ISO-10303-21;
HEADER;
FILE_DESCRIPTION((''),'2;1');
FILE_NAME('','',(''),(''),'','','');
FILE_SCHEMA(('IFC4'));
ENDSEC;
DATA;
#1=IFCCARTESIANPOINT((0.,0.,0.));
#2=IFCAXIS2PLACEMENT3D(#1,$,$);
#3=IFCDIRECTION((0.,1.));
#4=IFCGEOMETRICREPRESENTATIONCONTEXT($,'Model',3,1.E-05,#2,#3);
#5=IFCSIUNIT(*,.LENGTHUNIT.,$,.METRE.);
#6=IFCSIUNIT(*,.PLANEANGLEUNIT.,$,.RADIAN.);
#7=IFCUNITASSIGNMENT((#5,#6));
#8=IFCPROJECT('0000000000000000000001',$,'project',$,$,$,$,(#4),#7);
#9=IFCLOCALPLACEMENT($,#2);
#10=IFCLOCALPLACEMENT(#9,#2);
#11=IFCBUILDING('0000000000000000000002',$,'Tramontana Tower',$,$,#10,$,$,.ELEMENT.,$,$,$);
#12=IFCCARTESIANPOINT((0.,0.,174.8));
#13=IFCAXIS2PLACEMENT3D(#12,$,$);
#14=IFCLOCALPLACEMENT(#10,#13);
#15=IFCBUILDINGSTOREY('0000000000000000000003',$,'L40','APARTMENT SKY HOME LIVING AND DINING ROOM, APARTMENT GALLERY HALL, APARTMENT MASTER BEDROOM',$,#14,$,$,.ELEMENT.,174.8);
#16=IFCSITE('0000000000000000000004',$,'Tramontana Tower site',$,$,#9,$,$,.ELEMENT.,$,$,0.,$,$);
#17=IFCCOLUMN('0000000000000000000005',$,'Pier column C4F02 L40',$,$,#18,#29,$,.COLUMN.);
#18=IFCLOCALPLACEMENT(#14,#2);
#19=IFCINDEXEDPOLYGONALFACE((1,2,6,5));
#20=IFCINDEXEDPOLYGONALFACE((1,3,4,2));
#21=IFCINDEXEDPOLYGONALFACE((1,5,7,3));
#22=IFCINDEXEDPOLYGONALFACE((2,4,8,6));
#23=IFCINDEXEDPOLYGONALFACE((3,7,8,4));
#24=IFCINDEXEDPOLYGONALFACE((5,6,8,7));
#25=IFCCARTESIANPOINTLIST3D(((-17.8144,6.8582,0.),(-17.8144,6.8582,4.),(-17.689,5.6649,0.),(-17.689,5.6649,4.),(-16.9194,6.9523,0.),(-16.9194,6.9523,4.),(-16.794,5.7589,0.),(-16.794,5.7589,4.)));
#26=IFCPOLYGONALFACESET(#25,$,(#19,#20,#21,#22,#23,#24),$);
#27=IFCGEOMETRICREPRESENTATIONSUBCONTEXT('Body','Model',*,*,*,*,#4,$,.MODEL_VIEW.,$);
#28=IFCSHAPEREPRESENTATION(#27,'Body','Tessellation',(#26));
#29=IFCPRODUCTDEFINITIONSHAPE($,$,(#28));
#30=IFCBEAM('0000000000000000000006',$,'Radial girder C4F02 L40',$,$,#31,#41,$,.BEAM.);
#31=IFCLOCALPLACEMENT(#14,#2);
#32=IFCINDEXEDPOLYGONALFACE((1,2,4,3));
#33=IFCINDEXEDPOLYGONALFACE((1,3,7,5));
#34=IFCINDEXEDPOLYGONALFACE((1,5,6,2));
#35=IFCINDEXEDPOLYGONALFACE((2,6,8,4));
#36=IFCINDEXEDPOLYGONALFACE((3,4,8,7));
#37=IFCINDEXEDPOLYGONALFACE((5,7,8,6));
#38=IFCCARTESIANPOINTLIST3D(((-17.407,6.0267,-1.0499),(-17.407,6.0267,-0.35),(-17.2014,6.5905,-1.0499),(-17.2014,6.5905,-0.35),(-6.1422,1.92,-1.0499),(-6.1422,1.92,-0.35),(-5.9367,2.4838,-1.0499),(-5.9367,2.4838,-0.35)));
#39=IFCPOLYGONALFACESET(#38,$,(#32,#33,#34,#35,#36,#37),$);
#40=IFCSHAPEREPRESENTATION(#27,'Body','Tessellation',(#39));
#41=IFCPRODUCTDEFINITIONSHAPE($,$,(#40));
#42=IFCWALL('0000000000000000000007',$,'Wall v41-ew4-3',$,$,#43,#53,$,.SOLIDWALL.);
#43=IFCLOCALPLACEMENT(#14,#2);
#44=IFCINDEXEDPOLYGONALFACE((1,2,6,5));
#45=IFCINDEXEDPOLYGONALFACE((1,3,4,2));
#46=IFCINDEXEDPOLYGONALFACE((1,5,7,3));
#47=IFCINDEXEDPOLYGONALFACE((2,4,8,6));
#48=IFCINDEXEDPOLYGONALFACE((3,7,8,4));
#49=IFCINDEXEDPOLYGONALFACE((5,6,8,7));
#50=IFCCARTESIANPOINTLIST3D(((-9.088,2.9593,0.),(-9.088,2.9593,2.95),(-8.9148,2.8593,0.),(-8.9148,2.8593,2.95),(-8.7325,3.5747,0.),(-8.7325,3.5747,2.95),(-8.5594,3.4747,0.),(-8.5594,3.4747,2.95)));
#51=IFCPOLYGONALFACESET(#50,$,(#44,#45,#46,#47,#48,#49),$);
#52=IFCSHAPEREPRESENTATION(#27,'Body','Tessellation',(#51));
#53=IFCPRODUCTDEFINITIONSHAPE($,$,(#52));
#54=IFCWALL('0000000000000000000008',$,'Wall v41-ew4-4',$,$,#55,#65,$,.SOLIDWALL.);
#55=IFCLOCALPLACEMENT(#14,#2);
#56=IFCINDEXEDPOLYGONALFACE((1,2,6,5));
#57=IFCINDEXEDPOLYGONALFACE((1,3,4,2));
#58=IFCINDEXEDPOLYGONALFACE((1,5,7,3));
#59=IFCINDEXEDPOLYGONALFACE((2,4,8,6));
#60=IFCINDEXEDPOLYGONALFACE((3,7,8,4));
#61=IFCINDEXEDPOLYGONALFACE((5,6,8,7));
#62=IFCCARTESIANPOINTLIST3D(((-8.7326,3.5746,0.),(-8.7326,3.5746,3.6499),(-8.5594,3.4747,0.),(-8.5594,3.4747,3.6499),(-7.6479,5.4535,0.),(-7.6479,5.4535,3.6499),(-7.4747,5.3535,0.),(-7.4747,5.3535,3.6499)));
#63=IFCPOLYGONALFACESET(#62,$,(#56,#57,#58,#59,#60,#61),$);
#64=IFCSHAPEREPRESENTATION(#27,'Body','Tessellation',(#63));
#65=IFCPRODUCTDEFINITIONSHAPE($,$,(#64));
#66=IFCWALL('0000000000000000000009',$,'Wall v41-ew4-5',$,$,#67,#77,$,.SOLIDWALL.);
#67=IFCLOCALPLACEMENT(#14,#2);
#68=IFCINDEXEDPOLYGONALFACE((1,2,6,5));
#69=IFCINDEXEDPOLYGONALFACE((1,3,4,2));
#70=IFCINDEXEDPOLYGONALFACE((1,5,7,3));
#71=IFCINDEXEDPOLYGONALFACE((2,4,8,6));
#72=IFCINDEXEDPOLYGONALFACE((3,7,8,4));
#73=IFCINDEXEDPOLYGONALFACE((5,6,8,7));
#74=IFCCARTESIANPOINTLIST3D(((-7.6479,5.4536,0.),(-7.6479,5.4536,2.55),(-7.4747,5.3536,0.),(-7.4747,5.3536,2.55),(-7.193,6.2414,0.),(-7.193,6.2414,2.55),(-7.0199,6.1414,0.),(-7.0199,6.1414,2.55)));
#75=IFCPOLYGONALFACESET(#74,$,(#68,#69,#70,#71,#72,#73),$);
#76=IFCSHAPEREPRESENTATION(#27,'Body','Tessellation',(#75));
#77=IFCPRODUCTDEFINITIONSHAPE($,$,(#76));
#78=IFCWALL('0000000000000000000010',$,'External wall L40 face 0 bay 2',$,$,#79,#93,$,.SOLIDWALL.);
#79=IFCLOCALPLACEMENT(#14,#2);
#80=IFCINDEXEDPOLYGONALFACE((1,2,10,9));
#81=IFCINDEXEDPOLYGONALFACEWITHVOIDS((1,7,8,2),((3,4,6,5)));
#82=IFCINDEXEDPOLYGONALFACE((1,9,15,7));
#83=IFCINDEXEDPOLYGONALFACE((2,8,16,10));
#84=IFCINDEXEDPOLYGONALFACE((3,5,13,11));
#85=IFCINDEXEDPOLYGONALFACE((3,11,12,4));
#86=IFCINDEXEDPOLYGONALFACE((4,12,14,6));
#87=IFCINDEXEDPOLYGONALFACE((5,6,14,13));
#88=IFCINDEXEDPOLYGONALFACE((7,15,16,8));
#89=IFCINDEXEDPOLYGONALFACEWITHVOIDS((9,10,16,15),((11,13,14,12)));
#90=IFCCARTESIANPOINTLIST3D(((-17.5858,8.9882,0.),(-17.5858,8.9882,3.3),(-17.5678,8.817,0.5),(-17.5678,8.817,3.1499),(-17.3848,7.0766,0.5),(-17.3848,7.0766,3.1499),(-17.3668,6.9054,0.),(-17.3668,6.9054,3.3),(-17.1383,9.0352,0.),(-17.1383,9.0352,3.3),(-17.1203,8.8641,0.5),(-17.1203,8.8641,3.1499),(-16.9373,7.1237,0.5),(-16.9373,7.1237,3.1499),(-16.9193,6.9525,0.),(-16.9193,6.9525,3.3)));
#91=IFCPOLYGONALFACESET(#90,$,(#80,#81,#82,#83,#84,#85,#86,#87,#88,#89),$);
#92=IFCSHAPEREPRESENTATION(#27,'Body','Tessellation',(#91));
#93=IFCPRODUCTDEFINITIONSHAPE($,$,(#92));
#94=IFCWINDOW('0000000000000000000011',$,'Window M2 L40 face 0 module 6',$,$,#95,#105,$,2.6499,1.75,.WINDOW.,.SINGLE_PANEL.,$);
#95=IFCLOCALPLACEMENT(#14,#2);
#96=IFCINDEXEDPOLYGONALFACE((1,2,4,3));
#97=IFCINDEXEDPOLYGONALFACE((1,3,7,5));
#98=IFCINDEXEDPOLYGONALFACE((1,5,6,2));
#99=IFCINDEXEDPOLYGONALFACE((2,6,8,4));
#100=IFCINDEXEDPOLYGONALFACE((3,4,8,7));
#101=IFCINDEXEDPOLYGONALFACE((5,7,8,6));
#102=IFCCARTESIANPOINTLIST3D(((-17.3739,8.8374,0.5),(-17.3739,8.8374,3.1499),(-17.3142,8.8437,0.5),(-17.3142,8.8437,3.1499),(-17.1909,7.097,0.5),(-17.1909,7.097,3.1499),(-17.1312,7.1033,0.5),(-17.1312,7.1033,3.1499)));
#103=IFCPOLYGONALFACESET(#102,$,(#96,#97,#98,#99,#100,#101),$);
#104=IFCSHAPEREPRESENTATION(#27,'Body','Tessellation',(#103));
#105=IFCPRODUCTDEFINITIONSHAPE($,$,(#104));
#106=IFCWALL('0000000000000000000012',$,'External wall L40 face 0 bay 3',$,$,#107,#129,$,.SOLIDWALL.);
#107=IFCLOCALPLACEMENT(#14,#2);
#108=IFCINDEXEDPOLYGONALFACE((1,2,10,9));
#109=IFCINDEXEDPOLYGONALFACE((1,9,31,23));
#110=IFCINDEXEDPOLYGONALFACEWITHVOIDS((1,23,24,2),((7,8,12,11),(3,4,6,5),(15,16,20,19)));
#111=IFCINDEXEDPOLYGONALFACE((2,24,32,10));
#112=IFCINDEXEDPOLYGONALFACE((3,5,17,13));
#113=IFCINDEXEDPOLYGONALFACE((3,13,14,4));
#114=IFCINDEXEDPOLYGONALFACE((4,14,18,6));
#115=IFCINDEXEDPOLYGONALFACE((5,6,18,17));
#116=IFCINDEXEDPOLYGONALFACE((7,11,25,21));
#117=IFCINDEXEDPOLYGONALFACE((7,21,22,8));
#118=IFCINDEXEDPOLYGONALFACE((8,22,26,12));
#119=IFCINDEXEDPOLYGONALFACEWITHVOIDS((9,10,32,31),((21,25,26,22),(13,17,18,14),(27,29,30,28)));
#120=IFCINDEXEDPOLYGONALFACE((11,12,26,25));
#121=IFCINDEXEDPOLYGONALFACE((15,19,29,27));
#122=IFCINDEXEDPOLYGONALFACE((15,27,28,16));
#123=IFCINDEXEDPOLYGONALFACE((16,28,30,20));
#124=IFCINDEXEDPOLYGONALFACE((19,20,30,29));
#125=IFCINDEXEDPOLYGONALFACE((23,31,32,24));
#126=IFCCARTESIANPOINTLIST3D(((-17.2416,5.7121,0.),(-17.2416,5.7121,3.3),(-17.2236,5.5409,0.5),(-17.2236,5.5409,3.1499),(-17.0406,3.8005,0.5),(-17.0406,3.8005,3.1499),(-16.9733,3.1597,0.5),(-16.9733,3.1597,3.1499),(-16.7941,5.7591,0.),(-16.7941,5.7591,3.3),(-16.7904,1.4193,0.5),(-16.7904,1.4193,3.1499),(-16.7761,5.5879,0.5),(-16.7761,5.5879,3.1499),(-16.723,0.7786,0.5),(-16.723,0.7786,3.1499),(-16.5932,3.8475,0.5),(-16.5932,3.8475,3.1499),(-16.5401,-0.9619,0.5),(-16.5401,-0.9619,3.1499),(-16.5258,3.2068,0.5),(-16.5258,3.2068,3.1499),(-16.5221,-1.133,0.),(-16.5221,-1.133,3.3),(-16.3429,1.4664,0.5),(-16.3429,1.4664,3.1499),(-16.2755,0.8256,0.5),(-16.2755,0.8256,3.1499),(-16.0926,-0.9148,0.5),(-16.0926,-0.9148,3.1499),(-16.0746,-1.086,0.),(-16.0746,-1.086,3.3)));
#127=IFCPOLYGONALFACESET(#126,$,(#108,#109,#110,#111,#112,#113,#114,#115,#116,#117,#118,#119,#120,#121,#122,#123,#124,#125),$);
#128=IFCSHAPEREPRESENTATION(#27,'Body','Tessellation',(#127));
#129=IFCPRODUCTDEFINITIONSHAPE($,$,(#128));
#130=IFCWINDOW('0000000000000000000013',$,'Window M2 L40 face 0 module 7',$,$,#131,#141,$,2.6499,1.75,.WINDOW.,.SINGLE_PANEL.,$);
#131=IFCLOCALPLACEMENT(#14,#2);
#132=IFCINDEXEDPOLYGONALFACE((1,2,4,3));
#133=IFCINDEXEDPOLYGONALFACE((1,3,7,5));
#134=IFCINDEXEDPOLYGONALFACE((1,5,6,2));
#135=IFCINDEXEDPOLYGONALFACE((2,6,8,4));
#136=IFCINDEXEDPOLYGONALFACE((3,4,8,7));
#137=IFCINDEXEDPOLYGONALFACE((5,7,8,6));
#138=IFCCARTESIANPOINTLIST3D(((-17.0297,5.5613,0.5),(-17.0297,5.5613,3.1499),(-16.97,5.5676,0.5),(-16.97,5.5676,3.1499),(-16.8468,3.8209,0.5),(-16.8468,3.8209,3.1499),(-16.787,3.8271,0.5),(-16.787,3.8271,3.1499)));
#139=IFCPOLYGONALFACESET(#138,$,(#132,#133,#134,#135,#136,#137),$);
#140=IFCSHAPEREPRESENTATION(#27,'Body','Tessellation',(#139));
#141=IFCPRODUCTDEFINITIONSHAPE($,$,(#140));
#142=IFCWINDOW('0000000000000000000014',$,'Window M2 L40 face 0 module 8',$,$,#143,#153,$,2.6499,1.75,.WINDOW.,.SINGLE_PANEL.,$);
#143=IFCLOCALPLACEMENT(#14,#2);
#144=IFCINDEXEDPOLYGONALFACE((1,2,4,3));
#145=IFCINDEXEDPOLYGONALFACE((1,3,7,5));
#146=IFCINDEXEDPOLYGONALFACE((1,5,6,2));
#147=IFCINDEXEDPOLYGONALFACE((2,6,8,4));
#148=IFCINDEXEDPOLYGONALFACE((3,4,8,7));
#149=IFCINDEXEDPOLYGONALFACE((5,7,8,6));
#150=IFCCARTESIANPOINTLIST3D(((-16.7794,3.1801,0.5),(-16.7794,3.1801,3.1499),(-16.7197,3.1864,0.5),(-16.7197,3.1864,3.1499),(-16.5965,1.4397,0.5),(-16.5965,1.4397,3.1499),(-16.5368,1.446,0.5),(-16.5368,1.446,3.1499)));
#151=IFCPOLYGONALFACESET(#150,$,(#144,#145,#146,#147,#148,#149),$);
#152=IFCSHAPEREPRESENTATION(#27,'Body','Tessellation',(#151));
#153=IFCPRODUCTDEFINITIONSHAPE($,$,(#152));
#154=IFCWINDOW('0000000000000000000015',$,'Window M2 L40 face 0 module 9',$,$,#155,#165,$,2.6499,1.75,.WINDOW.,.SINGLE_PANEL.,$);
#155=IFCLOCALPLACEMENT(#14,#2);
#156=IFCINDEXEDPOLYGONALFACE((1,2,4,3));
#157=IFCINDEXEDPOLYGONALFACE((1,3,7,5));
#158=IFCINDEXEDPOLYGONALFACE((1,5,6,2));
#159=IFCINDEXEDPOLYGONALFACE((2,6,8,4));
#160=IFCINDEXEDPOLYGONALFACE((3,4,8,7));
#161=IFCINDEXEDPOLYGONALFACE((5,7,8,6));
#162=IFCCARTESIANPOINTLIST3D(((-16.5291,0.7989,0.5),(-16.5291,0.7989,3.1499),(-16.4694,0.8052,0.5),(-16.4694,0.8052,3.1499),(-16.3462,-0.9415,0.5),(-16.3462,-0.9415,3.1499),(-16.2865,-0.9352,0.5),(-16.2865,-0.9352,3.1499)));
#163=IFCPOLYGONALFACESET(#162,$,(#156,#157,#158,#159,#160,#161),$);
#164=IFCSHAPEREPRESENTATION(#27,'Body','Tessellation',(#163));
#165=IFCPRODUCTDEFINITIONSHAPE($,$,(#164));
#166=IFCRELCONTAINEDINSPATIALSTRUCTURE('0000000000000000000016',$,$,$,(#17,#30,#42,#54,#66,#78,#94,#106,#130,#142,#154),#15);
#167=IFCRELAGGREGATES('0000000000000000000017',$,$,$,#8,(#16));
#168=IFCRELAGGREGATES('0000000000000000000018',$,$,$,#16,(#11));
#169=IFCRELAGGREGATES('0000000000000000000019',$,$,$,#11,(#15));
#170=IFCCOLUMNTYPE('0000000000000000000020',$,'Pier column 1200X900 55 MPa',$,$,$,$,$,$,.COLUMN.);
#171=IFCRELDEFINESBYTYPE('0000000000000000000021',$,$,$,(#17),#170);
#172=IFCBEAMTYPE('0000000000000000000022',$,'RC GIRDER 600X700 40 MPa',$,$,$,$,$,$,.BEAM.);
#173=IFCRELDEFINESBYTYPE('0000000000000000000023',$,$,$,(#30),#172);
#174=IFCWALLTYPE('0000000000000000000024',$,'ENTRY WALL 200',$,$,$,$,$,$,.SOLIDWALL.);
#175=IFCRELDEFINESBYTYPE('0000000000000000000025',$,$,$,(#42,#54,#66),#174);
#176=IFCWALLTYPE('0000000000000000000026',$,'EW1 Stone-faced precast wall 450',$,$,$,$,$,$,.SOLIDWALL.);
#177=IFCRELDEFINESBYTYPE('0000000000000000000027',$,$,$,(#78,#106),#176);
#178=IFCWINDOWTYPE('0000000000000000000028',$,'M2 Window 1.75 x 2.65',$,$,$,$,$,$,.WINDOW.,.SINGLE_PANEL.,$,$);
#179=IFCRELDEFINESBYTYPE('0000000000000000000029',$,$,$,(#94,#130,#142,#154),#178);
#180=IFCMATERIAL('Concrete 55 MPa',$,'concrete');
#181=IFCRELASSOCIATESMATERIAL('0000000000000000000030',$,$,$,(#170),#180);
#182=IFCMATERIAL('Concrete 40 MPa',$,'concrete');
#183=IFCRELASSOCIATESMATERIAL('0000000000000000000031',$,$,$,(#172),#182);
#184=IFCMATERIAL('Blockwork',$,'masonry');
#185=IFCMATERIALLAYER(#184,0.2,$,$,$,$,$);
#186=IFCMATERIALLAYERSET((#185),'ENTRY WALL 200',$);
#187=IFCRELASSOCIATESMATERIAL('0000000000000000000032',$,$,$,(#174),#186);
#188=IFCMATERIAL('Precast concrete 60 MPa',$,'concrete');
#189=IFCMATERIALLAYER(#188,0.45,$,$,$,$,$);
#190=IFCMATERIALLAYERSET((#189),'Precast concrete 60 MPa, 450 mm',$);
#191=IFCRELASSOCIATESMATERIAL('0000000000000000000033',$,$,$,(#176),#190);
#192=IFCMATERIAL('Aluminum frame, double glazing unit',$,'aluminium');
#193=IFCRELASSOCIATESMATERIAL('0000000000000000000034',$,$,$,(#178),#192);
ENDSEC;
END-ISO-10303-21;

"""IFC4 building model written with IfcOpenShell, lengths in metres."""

from ifc_helpers import new_model, si_unit, direction, frame, frame_2d, origin, origin_2d, place, context, subcontext, project, spatial, rectangle, extrude, material, layer, layer_set, material_profile, profile_set, type_object, element, fill, save


model = new_model("IFC4")

# Units and contexts
model_context = context("Model", 3, precision=1e-05, world=origin(), true_north=direction((0.0, 1.0)))
body_context = subcontext(model_context, "Body", "Model", "MODEL_VIEW")
ifc_project = project(units=[si_unit("LENGTHUNIT", "METRE"), si_unit("PLANEANGLEUNIT", "RADIAN")], contexts=[model_context])

# Site, building, storey
site_placement = place(None, origin())
site = spatial("IfcSite", under=ifc_project, at=site_placement, Name="Tramontana Tower site", CompositionType="ELEMENT", RefElevation=0.0)
building_placement = place(site_placement, origin())
building = spatial("IfcBuilding", under=site, at=building_placement, Name="Tramontana Tower", CompositionType="ELEMENT")
storey_placement = place(building_placement, frame((0.0, 0.0, 174.8)))
storey = spatial("IfcBuildingStorey", under=building, at=storey_placement, Name="L40", Description="APARTMENT SKY HOME LIVING AND DINING ROOM, APARTMENT GALLERY HALL, APARTMENT MASTER BEDROOM", CompositionType="ELEMENT", Elevation=174.8)

# Column
ifc_material_1 = material(Name="Concrete 55 MPa", Category="concrete")
ifc_material_profile_1 = material_profile(ifc_material_1, rectangle(XDim=1.2, YDim=0.8999, at=origin_2d()), Name="Pier column 1200X900 55 MPa")
ifc_profile_set_1 = profile_set([ifc_material_profile_1], Name="Concrete 55 MPa")
column_type = type_object("IfcColumnType", Name="Pier column 1200X900 55 MPa", PredefinedType="COLUMN", material=ifc_profile_set_1)
column_placement = place(storey_placement, frame((-17.3042, 6.3086, 0.0), z_axis=(0.0, 0.0, 1.0), x_axis=(0.104528, -0.994522, 0.0)))
element("IfcColumn", 1, at=column_placement, inside=storey, type_object=column_type, Name="Pier column C4F02 L40", PredefinedType="COLUMN", context=body_context, shape_type="SweptSolid", body=[
    extrude(rectangle(XDim=1.2, YDim=0.8999, at=origin_2d()), origin(), (0.0, 0.0, 1.0), 4.0),
])

# Beam
ifc_material_2 = material(Name="Concrete 40 MPa", Category="concrete")
ifc_material_profile_2 = material_profile(ifc_material_2, rectangle(XDim=0.6001, YDim=0.7, at=origin_2d()), Name="RC GIRDER 600X700 40 MPa")
ifc_profile_set_2 = profile_set([ifc_material_profile_2], Name="Concrete 40 MPa")
beam_type = type_object("IfcBeamType", Name="RC GIRDER 600X700 40 MPa", PredefinedType="BEAM", material=ifc_profile_set_2)
beam_placement = place(storey_placement, frame((-17.3042, 6.3086, -0.7), z_axis=(0.939513, -0.342513, 0.0), x_axis=(0.342513, 0.939513, 0.0)))
element("IfcBeam", 2, at=beam_placement, inside=storey, type_object=beam_type, Name="Radial girder C4F02 L40", PredefinedType="BEAM", context=body_context, shape_type="SweptSolid", body=[
    extrude(rectangle(XDim=0.6001, YDim=0.7, at=origin_2d()), origin(), (0.0, 0.0, 1.0), 11.99),
])

# Walls
ifc_material_3 = material(Name="Blockwork", Category="masonry")
ifc_layer_1 = layer(ifc_material_3, 0.2)
ifc_layer_set_1 = layer_set([ifc_layer_1], Name="ENTRY WALL 200")
wall_type_1 = type_object("IfcWallType", Name="ENTRY WALL 200", PredefinedType="SOLIDWALL", material=ifc_layer_set_1)
wall_1_placement = place(storey_placement, frame((-9.0015, 2.9092, 0.0), z_axis=(0.0, 0.0, 1.0), x_axis=(0.500129, 0.865951, 0.0)))
element("IfcWall", 3, at=wall_1_placement, inside=storey, type_object=wall_type_1, Name="Wall v41-ew4-3", PredefinedType="SOLIDWALL", context=body_context, shape_type="SweptSolid", body=[
    extrude(rectangle(XDim=0.7107, YDim=0.2, at=frame_2d((0.3555, 0.0))), origin(), (0.0, 0.0, 1.0), 2.95),
])
wall_2_placement = place(storey_placement, frame((-8.646, 3.5247, 0.0), z_axis=(0.0, 0.0, 1.0), x_axis=(0.499976, 0.866039, 0.0)))
element("IfcWall", 4, at=wall_2_placement, inside=storey, type_object=wall_type_1, Name="Wall v41-ew4-4", PredefinedType="SOLIDWALL", context=body_context, shape_type="SweptSolid", body=[
    extrude(rectangle(XDim=2.1694, YDim=0.2, at=frame_2d((1.0847, 0.0))), origin(), (0.0, 0.0, 1.0), 3.6499),
])
wall_3_placement = place(storey_placement, frame((-7.5613, 5.4036, 0.0), z_axis=(0.0, 0.0, 1.0), x_axis=(0.499978, 0.866038, 0.0)))
element("IfcWall", 5, at=wall_3_placement, inside=storey, type_object=wall_type_1, Name="Wall v41-ew4-5", PredefinedType="SOLIDWALL", context=body_context, shape_type="SweptSolid", body=[
    extrude(rectangle(XDim=0.9097, YDim=0.2, at=frame_2d((0.4548, 0.0))), origin(), (0.0, 0.0, 1.0), 2.55),
])

# Wall, opening, window
ifc_material_4 = material(Name="Precast concrete 60 MPa", Category="concrete")
ifc_layer_2 = layer(ifc_material_4, 0.45)
ifc_layer_set_2 = layer_set([ifc_layer_2], Name="Precast concrete 60 MPa, 450 mm")
wall_type_2 = type_object("IfcWallType", Name="EW1 Stone-faced precast wall 450", PredefinedType="SOLIDWALL", material=ifc_layer_set_2)
wall_4_placement = place(storey_placement, frame((-17.3621, 9.0117, 0.0), z_axis=(0.0, 0.0, 1.0), x_axis=(0.104569, -0.994518, 0.0)))
wall_4 = element("IfcWall", 6, at=wall_4_placement, inside=storey, type_object=wall_type_2, Name="External wall L40 face 0 bay 2", PredefinedType="SOLIDWALL", context=body_context, shape_type="SweptSolid", body=[
    extrude(rectangle(XDim=2.0942, YDim=0.45, at=frame_2d((1.0471, 0.0))), origin(), (0.0, 0.0, 1.0), 3.3),
])
opening_1_placement = place(wall_4_placement, frame((0.1721, 0.0, 0.5)))
opening_1 = element("IfcOpeningElement", 7, at=opening_1_placement, cuts=wall_4, PredefinedType="OPENING", context=body_context, shape_type="SweptSolid", body=[
    extrude(rectangle(XDim=1.75, YDim=2.6499, at=frame_2d((0.875, 1.325))), frame((0.0, 0.2349, 0.0), z_axis=(0.0, -1.0, 0.0), x_axis=(1.0, 0.0, 0.0)), (0.0, 0.0, 1.0), 0.47),
])
ifc_material_5 = material(Name="Aluminum frame, double glazing unit", Category="aluminium")
window_type = type_object("IfcWindowType", Name="M2 Window 1.75 x 2.65", PartitioningType="SINGLE_PANEL", PredefinedType="WINDOW", material=ifc_material_5)
window_1_placement = place(opening_1_placement, origin())
window_1 = element("IfcWindow", 8, at=window_1_placement, inside=storey, type_object=window_type, Name="Window M2 L40 face 0 module 6", OverallHeight=2.6499, OverallWidth=1.75, PartitioningType="SINGLE_PANEL", PredefinedType="WINDOW", context=body_context, shape_type="SweptSolid", body=[
    extrude(rectangle(XDim=1.75, YDim=2.6499, at=frame_2d((0.875, 1.325))), frame((0.0, 0.03, 0.0), z_axis=(0.0, -1.0, 0.0), x_axis=(1.0, 0.0, 0.0)), (0.0, 0.0, 1.0), 0.0601),
])
fill(opening_1, window_1)

# Wall, openings, windows
wall_5_placement = place(storey_placement, frame((-17.0178, 5.7356, 0.0), z_axis=(0.0, 0.0, 1.0), x_axis=(0.104532, -0.994522, 0.0)))
wall_5 = element("IfcWall", 9, at=wall_5_placement, inside=storey, type_object=wall_type_2, Name="External wall L40 face 0 bay 3", PredefinedType="SOLIDWALL", context=body_context, shape_type="SweptSolid", body=[
    extrude(rectangle(XDim=6.8828, YDim=0.45, at=frame_2d((3.4414, 0.0))), origin(), (0.0, 0.0, 1.0), 3.3),
])
opening_2_placement = place(wall_5_placement, frame((0.1721, 0.0, 0.5)))
opening_2 = element("IfcOpeningElement", 10, at=opening_2_placement, cuts=wall_5, PredefinedType="OPENING", context=body_context, shape_type="SweptSolid", body=[
    extrude(rectangle(XDim=1.75, YDim=2.6499, at=frame_2d((0.875, 1.325))), frame((0.0, 0.2349, 0.0), z_axis=(0.0, -1.0, 0.0), x_axis=(1.0, 0.0, 0.0)), (0.0, 0.0, 1.0), 0.47),
])
opening_3_placement = place(wall_5_placement, frame((2.5664, 0.0, 0.5)))
opening_3 = element("IfcOpeningElement", 11, at=opening_3_placement, cuts=wall_5, PredefinedType="OPENING", context=body_context, shape_type="SweptSolid", body=[
    extrude(rectangle(XDim=1.75, YDim=2.6499, at=frame_2d((0.875, 1.325))), frame((0.0, 0.2349, 0.0), z_axis=(0.0, -1.0, 0.0), x_axis=(1.0, 0.0, 0.0)), (0.0, 0.0, 1.0), 0.47),
])
opening_4_placement = place(wall_5_placement, frame((4.9607, 0.0, 0.5)))
opening_4 = element("IfcOpeningElement", 12, at=opening_4_placement, cuts=wall_5, PredefinedType="OPENING", context=body_context, shape_type="SweptSolid", body=[
    extrude(rectangle(XDim=1.75, YDim=2.6499, at=frame_2d((0.875, 1.325))), frame((0.0, 0.2349, 0.0), z_axis=(0.0, -1.0, 0.0), x_axis=(1.0, 0.0, 0.0)), (0.0, 0.0, 1.0), 0.47),
])
window_2_placement = place(opening_2_placement, origin())
window_2 = element("IfcWindow", 13, at=window_2_placement, inside=storey, type_object=window_type, Name="Window M2 L40 face 0 module 7", OverallHeight=2.6499, OverallWidth=1.75, PartitioningType="SINGLE_PANEL", PredefinedType="WINDOW", context=body_context, shape_type="SweptSolid", body=[
    extrude(rectangle(XDim=1.75, YDim=2.6499, at=frame_2d((0.875, 1.325))), frame((0.0, 0.03, 0.0), z_axis=(0.0, -1.0, 0.0), x_axis=(1.0, 0.0, 0.0)), (0.0, 0.0, 1.0), 0.0601),
])
fill(opening_2, window_2)
window_3_placement = place(opening_3_placement, origin())
window_3 = element("IfcWindow", 14, at=window_3_placement, inside=storey, type_object=window_type, Name="Window M2 L40 face 0 module 8", OverallHeight=2.6499, OverallWidth=1.75, PartitioningType="SINGLE_PANEL", PredefinedType="WINDOW", context=body_context, shape_type="SweptSolid", body=[
    extrude(rectangle(XDim=1.75, YDim=2.6499, at=frame_2d((0.875, 1.325))), frame((0.0, 0.03, 0.0), z_axis=(0.0, -1.0, 0.0), x_axis=(1.0, 0.0, 0.0)), (0.0, 0.0, 1.0), 0.0601),
])
fill(opening_3, window_3)
window_4_placement = place(opening_4_placement, origin())
window_4 = element("IfcWindow", 15, at=window_4_placement, inside=storey, type_object=window_type, Name="Window M2 L40 face 0 module 9", OverallHeight=2.6499, OverallWidth=1.75, PartitioningType="SINGLE_PANEL", PredefinedType="WINDOW", context=body_context, shape_type="SweptSolid", body=[
    extrude(rectangle(XDim=1.75, YDim=2.6499, at=frame_2d((0.875, 1.325))), frame((0.0, 0.03, 0.0), z_axis=(0.0, -1.0, 0.0), x_axis=(1.0, 0.0, 0.0)), (0.0, 0.0, 1.0), 0.0601),
])
fill(opening_4, window_4)

save(model, "model.ifc")
